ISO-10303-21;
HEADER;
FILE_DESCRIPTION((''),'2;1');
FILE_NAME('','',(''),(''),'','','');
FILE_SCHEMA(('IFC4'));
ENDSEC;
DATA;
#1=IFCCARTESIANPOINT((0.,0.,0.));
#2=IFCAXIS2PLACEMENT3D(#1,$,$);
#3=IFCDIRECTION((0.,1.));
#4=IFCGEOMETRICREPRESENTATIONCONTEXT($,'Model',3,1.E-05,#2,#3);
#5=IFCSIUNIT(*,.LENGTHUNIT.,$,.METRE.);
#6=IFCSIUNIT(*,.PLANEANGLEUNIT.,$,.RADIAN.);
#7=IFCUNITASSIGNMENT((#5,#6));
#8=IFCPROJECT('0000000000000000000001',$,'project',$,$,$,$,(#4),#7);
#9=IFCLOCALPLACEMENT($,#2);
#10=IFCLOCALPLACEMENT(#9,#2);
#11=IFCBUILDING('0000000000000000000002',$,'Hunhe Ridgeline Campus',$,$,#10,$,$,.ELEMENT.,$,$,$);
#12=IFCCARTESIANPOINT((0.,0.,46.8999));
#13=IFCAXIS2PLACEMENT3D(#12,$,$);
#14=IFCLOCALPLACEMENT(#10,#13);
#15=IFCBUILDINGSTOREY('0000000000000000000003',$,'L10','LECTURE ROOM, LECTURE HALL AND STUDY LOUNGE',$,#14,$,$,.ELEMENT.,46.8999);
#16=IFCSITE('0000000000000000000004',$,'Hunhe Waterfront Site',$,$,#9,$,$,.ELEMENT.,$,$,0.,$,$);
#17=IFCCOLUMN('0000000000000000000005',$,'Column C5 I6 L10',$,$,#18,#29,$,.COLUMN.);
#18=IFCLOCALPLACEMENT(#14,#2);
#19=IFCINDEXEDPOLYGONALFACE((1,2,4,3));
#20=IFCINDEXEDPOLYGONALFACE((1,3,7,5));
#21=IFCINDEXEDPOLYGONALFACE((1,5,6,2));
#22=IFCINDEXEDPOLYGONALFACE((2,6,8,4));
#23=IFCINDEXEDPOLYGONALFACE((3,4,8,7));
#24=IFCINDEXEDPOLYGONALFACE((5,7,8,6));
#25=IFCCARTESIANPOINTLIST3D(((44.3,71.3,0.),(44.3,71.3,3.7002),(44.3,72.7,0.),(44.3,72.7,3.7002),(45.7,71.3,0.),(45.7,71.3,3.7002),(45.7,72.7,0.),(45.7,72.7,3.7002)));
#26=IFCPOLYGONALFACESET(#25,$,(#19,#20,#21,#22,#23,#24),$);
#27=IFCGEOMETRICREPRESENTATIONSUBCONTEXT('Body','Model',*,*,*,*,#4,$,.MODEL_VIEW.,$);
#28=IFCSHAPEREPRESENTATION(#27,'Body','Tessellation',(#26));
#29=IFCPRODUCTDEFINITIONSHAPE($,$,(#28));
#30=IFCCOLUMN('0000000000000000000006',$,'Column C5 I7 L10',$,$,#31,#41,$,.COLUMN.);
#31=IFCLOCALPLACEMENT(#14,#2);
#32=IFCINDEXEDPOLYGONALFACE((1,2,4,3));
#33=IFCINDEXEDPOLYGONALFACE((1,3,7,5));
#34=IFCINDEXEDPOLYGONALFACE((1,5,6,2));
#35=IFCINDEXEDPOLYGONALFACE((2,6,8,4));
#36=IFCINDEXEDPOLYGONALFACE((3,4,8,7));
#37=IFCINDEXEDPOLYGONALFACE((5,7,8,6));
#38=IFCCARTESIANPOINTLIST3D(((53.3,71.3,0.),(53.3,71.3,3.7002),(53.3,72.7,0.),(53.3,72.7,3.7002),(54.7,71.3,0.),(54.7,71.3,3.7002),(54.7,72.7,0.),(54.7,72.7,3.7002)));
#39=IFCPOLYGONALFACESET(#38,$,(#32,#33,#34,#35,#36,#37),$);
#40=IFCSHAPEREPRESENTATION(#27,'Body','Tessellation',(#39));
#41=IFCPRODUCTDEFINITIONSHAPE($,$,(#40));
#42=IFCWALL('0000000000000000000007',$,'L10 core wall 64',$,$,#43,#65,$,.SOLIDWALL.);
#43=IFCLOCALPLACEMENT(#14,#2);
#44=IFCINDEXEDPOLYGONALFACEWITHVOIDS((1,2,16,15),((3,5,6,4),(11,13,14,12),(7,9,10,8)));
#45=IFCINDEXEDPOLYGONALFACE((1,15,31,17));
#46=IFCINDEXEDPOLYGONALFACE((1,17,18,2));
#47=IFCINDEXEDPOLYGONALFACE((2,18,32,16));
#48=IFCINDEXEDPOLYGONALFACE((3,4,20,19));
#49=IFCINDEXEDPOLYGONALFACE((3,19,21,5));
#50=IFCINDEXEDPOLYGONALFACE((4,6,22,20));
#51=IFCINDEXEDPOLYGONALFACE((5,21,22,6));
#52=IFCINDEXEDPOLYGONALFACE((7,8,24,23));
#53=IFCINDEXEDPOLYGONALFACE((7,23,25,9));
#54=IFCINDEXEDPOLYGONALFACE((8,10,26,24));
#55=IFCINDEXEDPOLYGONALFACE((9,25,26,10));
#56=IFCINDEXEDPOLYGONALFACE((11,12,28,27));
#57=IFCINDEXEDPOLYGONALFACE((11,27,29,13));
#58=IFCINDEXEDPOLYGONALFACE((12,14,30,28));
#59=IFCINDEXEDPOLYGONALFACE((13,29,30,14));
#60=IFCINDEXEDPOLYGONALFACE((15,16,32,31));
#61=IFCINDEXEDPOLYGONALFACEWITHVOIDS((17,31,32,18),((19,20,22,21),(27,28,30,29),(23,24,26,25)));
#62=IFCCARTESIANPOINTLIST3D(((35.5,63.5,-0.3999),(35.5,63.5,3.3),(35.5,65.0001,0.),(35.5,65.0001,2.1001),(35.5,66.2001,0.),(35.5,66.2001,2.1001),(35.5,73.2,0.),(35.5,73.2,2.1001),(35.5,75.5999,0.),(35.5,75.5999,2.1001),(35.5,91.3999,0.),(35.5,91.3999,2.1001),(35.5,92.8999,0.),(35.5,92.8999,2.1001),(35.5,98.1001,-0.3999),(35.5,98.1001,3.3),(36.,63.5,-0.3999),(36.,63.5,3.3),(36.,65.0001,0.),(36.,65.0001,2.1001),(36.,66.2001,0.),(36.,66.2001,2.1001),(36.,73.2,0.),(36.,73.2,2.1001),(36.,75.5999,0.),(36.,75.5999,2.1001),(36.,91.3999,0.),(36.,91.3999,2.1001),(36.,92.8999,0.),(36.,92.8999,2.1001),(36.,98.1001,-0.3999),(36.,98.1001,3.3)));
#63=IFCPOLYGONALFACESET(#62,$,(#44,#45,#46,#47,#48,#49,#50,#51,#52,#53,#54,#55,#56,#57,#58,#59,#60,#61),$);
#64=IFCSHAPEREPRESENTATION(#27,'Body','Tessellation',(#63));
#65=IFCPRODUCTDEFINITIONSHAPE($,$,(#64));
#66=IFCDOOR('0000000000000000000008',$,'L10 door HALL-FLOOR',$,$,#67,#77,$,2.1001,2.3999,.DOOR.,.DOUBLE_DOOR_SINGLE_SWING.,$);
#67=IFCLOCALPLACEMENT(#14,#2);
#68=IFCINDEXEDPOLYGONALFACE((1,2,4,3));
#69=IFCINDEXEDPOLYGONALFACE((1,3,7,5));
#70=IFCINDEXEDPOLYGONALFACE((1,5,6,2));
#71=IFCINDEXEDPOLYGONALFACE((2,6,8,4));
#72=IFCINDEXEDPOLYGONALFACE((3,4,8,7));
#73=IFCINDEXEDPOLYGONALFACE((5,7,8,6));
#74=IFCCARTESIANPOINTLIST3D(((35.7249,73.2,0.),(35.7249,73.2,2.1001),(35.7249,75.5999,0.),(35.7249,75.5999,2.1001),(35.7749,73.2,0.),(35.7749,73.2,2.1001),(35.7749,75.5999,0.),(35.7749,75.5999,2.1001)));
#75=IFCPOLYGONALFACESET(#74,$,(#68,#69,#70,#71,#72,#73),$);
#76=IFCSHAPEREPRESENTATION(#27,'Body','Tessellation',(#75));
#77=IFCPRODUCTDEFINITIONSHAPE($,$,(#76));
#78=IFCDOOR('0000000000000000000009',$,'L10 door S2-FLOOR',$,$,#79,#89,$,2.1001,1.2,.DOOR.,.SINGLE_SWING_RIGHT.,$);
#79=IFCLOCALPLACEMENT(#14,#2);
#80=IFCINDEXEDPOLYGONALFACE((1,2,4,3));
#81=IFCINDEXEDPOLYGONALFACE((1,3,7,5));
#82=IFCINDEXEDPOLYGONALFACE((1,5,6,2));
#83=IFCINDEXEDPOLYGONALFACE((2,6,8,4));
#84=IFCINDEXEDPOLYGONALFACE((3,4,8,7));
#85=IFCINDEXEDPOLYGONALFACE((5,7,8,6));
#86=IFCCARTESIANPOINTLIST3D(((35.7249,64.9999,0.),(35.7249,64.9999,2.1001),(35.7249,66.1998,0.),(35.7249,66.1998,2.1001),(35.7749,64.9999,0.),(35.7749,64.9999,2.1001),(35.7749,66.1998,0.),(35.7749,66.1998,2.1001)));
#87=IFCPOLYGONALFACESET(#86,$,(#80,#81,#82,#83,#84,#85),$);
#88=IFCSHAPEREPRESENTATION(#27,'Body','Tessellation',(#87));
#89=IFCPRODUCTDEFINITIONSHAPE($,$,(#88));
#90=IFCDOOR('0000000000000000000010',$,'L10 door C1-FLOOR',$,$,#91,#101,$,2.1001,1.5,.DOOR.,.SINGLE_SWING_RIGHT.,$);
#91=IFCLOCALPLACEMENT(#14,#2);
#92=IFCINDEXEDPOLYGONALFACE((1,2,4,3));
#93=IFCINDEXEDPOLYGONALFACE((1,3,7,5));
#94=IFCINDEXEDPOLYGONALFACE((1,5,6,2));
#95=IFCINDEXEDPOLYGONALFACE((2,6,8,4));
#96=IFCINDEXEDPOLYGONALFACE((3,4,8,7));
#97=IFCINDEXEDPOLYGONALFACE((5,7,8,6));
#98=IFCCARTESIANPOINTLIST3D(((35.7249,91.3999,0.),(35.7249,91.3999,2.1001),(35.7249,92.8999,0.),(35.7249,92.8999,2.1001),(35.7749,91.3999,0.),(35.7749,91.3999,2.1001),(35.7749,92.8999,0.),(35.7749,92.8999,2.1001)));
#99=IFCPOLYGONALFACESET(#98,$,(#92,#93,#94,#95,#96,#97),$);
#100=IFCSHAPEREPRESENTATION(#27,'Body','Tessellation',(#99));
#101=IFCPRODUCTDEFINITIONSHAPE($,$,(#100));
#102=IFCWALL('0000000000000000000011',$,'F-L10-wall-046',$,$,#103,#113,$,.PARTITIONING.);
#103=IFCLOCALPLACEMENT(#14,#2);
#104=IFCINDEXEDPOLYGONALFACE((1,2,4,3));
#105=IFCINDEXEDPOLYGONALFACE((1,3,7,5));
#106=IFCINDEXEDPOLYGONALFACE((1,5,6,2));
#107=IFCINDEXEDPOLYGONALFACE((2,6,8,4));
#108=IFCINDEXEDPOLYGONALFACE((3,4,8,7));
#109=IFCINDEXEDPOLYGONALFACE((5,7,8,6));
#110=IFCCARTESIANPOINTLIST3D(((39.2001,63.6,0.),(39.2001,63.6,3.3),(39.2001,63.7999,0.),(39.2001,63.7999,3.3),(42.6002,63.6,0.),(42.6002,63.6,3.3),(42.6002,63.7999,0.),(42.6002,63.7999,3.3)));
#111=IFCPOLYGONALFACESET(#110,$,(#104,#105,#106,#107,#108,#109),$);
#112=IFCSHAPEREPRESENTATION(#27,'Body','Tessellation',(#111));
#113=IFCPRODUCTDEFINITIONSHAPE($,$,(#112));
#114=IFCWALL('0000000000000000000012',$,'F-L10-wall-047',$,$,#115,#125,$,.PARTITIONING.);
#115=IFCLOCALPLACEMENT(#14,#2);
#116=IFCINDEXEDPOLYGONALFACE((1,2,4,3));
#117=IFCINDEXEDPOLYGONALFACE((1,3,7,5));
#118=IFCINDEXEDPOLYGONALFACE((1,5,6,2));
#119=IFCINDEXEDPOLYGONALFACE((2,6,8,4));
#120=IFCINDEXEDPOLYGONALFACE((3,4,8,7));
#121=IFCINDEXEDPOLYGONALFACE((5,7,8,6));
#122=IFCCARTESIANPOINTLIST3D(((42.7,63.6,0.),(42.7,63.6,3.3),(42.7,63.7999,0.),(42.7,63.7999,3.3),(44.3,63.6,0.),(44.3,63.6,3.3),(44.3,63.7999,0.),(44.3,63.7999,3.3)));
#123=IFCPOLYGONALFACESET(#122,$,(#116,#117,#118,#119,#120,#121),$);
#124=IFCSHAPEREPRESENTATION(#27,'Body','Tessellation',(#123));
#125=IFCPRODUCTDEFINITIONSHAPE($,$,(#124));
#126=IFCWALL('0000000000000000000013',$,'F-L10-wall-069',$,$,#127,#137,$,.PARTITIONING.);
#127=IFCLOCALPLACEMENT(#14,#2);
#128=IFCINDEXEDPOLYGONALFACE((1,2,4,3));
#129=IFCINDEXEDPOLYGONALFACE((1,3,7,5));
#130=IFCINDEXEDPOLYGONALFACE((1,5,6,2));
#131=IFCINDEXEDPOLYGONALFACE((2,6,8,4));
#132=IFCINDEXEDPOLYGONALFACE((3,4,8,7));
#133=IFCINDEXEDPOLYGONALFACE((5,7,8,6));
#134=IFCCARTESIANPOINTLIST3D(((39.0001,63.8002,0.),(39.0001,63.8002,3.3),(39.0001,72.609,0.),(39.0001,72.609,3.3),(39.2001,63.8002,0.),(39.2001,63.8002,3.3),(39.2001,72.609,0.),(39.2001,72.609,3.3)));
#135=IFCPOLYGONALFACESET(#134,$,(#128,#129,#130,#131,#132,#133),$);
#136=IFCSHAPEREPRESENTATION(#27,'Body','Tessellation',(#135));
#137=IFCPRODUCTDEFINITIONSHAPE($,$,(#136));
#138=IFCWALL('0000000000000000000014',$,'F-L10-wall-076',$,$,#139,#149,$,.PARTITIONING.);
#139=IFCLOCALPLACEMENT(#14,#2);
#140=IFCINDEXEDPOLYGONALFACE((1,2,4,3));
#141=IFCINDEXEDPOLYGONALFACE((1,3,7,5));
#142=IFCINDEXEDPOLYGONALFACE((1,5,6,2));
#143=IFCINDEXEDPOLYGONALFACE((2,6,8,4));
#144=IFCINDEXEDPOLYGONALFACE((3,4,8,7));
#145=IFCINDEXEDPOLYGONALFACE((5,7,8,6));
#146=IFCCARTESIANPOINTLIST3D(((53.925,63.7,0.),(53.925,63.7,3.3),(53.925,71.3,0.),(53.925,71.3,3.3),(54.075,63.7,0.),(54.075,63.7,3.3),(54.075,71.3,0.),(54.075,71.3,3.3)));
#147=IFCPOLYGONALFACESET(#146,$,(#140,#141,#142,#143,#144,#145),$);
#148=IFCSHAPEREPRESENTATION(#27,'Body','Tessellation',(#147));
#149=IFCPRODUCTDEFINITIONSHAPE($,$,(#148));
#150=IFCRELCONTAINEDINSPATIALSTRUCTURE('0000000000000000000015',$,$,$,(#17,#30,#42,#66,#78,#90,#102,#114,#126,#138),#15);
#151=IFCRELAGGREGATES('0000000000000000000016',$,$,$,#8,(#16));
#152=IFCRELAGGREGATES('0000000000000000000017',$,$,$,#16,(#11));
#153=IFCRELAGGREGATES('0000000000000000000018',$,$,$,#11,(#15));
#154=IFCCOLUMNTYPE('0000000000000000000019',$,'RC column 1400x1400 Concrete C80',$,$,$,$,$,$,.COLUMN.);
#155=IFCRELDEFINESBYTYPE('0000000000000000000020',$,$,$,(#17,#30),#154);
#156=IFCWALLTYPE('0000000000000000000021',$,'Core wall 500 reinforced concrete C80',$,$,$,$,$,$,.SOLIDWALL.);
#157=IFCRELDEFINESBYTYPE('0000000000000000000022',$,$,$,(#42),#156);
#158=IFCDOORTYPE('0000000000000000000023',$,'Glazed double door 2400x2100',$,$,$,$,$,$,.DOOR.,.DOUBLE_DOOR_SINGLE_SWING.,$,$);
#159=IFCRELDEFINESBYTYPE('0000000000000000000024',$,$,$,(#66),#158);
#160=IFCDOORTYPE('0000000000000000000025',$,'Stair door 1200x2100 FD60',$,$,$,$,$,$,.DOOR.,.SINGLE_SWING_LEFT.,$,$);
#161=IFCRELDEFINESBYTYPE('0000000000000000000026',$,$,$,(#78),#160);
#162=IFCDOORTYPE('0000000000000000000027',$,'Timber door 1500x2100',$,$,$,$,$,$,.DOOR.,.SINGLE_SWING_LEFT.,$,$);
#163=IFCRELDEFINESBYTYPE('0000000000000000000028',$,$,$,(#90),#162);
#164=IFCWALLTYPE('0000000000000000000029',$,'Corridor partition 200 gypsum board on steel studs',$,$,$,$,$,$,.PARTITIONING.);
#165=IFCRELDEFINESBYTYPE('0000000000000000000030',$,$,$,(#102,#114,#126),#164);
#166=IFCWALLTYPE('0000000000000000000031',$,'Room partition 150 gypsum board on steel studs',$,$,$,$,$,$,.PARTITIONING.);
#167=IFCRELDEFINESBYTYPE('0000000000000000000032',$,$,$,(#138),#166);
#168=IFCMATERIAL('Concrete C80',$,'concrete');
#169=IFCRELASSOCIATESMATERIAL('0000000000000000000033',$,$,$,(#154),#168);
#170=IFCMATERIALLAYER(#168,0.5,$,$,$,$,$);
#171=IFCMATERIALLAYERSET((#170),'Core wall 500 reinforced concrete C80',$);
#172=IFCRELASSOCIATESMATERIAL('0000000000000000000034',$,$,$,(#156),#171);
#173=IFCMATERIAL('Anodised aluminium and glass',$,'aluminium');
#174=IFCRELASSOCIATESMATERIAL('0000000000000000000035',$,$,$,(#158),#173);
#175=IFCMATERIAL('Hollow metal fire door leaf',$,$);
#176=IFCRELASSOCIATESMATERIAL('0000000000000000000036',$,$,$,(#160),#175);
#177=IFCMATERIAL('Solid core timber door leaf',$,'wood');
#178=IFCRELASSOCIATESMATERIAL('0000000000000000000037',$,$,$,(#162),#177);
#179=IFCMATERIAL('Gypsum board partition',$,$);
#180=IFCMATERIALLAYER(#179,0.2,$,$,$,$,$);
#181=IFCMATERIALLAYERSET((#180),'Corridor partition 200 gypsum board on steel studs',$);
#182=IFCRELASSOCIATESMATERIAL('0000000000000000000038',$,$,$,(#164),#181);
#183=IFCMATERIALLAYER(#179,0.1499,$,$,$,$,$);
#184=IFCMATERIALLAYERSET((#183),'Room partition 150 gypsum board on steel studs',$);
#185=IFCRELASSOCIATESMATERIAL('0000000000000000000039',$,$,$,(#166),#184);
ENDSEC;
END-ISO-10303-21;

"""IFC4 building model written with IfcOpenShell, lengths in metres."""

from ifc_helpers import new_model, si_unit, direction, frame, frame_2d, origin, origin_2d, place, context, subcontext, project, spatial, rectangle, extrude, material, layer, layer_set, material_profile, profile_set, type_object, element, fill, save


model = new_model("IFC4")

# Units and contexts
model_context = context("Model", 3, precision=1e-05, world=origin(), true_north=direction((0.0, 1.0)))
body_context = subcontext(model_context, "Body", "Model", "MODEL_VIEW")
ifc_project = project(units=[si_unit("LENGTHUNIT", "METRE"), si_unit("PLANEANGLEUNIT", "RADIAN")], contexts=[model_context])

# Site, building, storey
site_placement = place(None, origin())
site = spatial("IfcSite", under=ifc_project, at=site_placement, Name="Hunhe Waterfront Site", CompositionType="ELEMENT", RefElevation=0.0)
building_placement = place(site_placement, origin())
building = spatial("IfcBuilding", under=site, at=building_placement, Name="Hunhe Ridgeline Campus", CompositionType="ELEMENT")
storey_placement = place(building_placement, frame((0.0, 0.0, 46.8999)))
storey = spatial("IfcBuildingStorey", under=building, at=storey_placement, Name="L10", Description="LECTURE ROOM, LECTURE HALL AND STUDY LOUNGE", CompositionType="ELEMENT", Elevation=46.8999)

# Columns
ifc_material_1 = material(Name="Concrete C80", Category="concrete")
ifc_material_profile = material_profile(ifc_material_1, rectangle(XDim=1.3999, YDim=1.3999, at=origin_2d()))
ifc_profile_set = profile_set([ifc_material_profile], Name="Concrete C80")
column_type = type_object("IfcColumnType", Name="RC column 1400x1400 Concrete C80", PredefinedType="COLUMN", material=ifc_profile_set)
for number, where, z_axis, x_axis, name in (
    (1, (45.0, 72.0, 0.0), (0.0, 0.0, 1.0), (1.0, 0.0, 0.0), "Column C5 I6 L10"),
    (2, (54.0, 72.0, 0.0), (0.0, 0.0, 1.0), (1.0, 0.0, 0.0), "Column C5 I7 L10"),
):
    element("IfcColumn", number, at=place(storey_placement, frame(where, z_axis=z_axis, x_axis=x_axis)), inside=storey, type_object=column_type, Name=name, PredefinedType="COLUMN", context=body_context, shape_type="SweptSolid", body=[
        extrude(rectangle(XDim=1.3999, YDim=1.3999, at=origin_2d()), origin(), (0.0, 0.0, 1.0), 3.7002),
    ])

# Wall, openings, doors
ifc_layer_1 = layer(ifc_material_1, 0.5)
ifc_layer_set_1 = layer_set([ifc_layer_1], Name="Core wall 500 reinforced concrete C80")
wall_type_1 = type_object("IfcWallType", Name="Core wall 500 reinforced concrete C80", PredefinedType="SOLIDWALL", material=ifc_layer_set_1)
wall_1_placement = place(storey_placement, frame((35.75, 63.5, -0.3999), z_axis=(0.0, 0.0, 1.0), x_axis=(0.0, 1.0, 0.0)))
wall_1 = element("IfcWall", 3, at=wall_1_placement, inside=storey, type_object=wall_type_1, Name="L10 core wall 64", PredefinedType="SOLIDWALL", context=body_context, shape_type="SweptSolid", body=[
    extrude(rectangle(XDim=34.6001, YDim=0.5, at=frame_2d((17.3, 0.0))), origin(), (0.0, 0.0, 1.0), 3.7),
])
opening_1_placement = place(wall_1_placement, frame((9.7, 0.0, 0.3999)))
opening_1 = element("IfcOpeningElement", 4, at=opening_1_placement, cuts=wall_1, PredefinedType="OPENING", context=body_context, shape_type="SweptSolid", body=[
    extrude(rectangle(XDim=2.3999, YDim=2.1001, at=frame_2d((1.2, 1.05))), frame((0.0, 0.25, 0.0), z_axis=(0.0, -1.0, 0.0), x_axis=(1.0, 0.0, 0.0)), (0.0, 0.0, 1.0), 0.5),
])
opening_2_placement = place(wall_1_placement, frame((27.8999, 0.0, 0.3999)))
opening_2 = element("IfcOpeningElement", 5, at=opening_2_placement, cuts=wall_1, PredefinedType="OPENING", context=body_context, shape_type="SweptSolid", body=[
    extrude(rectangle(XDim=1.5, YDim=2.1001, at=frame_2d((0.75, 1.05))), frame((0.0, 0.25, 0.0), z_axis=(0.0, -1.0, 0.0), x_axis=(1.0, 0.0, 0.0)), (0.0, 0.0, 1.0), 0.5),
])
opening_3_placement = place(wall_1_placement, frame((1.5, 0.0, 0.3999)))
opening_3 = element("IfcOpeningElement", 6, at=opening_3_placement, cuts=wall_1, PredefinedType="OPENING", context=body_context, shape_type="SweptSolid", body=[
    extrude(rectangle(XDim=1.2, YDim=2.1001, at=frame_2d((0.6001, 1.05))), frame((0.0, 0.25, 0.0), z_axis=(0.0, -1.0, 0.0), x_axis=(1.0, 0.0, 0.0)), (0.0, 0.0, 1.0), 0.5),
])
ifc_material_2 = material(Name="Anodised aluminium and glass", Category="aluminium")
door_type_1 = type_object("IfcDoorType", Name="Glazed double door 2400x2100", OperationType="DOUBLE_DOOR_SINGLE_SWING", PredefinedType="DOOR", material=ifc_material_2)
door_1_placement = place(opening_1_placement, frame((2.3999, 0.0, 0.0), z_axis=(0.0, 0.0, 1.0), x_axis=(-1.0, 0.0, 0.0)))
door_1 = element("IfcDoor", 7, at=door_1_placement, inside=storey, type_object=door_type_1, Name="L10 door HALL-FLOOR", OperationType="DOUBLE_DOOR_SINGLE_SWING", OverallHeight=2.1001, OverallWidth=2.3999, PredefinedType="DOOR", context=body_context, shape_type="SweptSolid", body=[
    extrude(rectangle(XDim=2.3999, YDim=2.1001, at=frame_2d((1.2, 1.05))), frame((0.0, 0.0249, 0.0), z_axis=(0.0, -1.0, 0.0), x_axis=(1.0, 0.0, 0.0)), (0.0, 0.0, 1.0), 0.05),
])
fill(opening_1, door_1)
ifc_material_3 = material(Name="Hollow metal fire door leaf")
door_type_2 = type_object("IfcDoorType", Name="Stair door 1200x2100 FD60", OperationType="SINGLE_SWING_LEFT", PredefinedType="DOOR", material=ifc_material_3)
door_2_placement = place(opening_3_placement, frame((1.2, 0.0, 0.0), z_axis=(0.0, 0.0, 1.0), x_axis=(-1.0, 0.0, 0.0)))
door_2 = element("IfcDoor", 8, at=door_2_placement, inside=storey, type_object=door_type_2, Name="L10 door S2-FLOOR", OperationType="SINGLE_SWING_RIGHT", OverallHeight=2.1001, OverallWidth=1.2, PredefinedType="DOOR", context=body_context, shape_type="SweptSolid", body=[
    extrude(rectangle(XDim=1.2, YDim=2.1001, at=frame_2d((0.6001, 1.05))), frame((0.0, 0.0249, 0.0), z_axis=(0.0, -1.0, 0.0), x_axis=(1.0, 0.0, 0.0)), (0.0, 0.0, 1.0), 0.05),
])
fill(opening_3, door_2)
ifc_material_4 = material(Name="Solid core timber door leaf", Category="wood")
door_type_3 = type_object("IfcDoorType", Name="Timber door 1500x2100", OperationType="SINGLE_SWING_LEFT", PredefinedType="DOOR", material=ifc_material_4)
door_3_placement = place(opening_2_placement, frame((1.5, 0.0, 0.0), z_axis=(0.0, 0.0, 1.0), x_axis=(-1.0, 0.0, 0.0)))
door_3 = element("IfcDoor", 9, at=door_3_placement, inside=storey, type_object=door_type_3, Name="L10 door C1-FLOOR", OperationType="SINGLE_SWING_RIGHT", OverallHeight=2.1001, OverallWidth=1.5, PredefinedType="DOOR", context=body_context, shape_type="SweptSolid", body=[
    extrude(rectangle(XDim=1.5, YDim=2.1001, at=frame_2d((0.75, 1.05))), frame((0.0, 0.0249, 0.0), z_axis=(0.0, -1.0, 0.0), x_axis=(1.0, 0.0, 0.0)), (0.0, 0.0, 1.0), 0.05),
])
fill(opening_2, door_3)

# Walls
ifc_material_5 = material(Name="Gypsum board partition")
ifc_layer_2 = layer(ifc_material_5, 0.2)
ifc_layer_set_2 = layer_set([ifc_layer_2], Name="Corridor partition 200 gypsum board on steel studs")
wall_type_2 = type_object("IfcWallType", Name="Corridor partition 200 gypsum board on steel studs", PredefinedType="PARTITIONING", material=ifc_layer_set_2)
wall_2_placement = place(storey_placement, frame((39.2, 63.7, 0.0), z_axis=(0.0, 0.0, 1.0), x_axis=(1.0, 0.0, 0.0)))
element("IfcWall", 10, at=wall_2_placement, inside=storey, type_object=wall_type_2, Name="F-L10-wall-046", PredefinedType="PARTITIONING", context=body_context, shape_type="SweptSolid", body=[
    extrude(rectangle(XDim=3.4001, YDim=0.2, at=frame_2d((1.7002, 0.0))), origin(), (0.0, 0.0, 1.0), 3.3),
])
wall_3_placement = place(storey_placement, frame((42.7, 63.7, 0.0), z_axis=(0.0, 0.0, 1.0), x_axis=(1.0, 0.0, 0.0)))
element("IfcWall", 11, at=wall_3_placement, inside=storey, type_object=wall_type_2, Name="F-L10-wall-047", PredefinedType="PARTITIONING", context=body_context, shape_type="SweptSolid", body=[
    extrude(rectangle(XDim=1.6001, YDim=0.2, at=frame_2d((0.8, 0.0))), origin(), (0.0, 0.0, 1.0), 3.3),
])
wall_4_placement = place(storey_placement, frame((39.1001, 72.6089, 0.0), z_axis=(0.0, 0.0, 1.0), x_axis=(0.0, -1.0, 0.0)))
element("IfcWall", 12, at=wall_4_placement, inside=storey, type_object=wall_type_2, Name="F-L10-wall-069", PredefinedType="PARTITIONING", context=body_context, shape_type="SweptSolid", body=[
    extrude(rectangle(XDim=8.8088, YDim=0.2, at=frame_2d((4.4043, 0.0))), origin(), (0.0, 0.0, 1.0), 3.3),
])
ifc_layer_3 = layer(ifc_material_5, 0.1499)
ifc_layer_set_3 = layer_set([ifc_layer_3], Name="Room partition 150 gypsum board on steel studs")
wall_type_3 = type_object("IfcWallType", Name="Room partition 150 gypsum board on steel studs", PredefinedType="PARTITIONING", material=ifc_layer_set_3)
wall_5_placement = place(storey_placement, frame((54.0, 71.3, 0.0), z_axis=(0.0, 0.0, 1.0), x_axis=(0.0, -1.0, 0.0)))
element("IfcWall", 13, at=wall_5_placement, inside=storey, type_object=wall_type_3, Name="F-L10-wall-076", PredefinedType="PARTITIONING", context=body_context, shape_type="SweptSolid", body=[
    extrude(rectangle(XDim=7.6001, YDim=0.1499, at=frame_2d((3.8, 0.0))), origin(), (0.0, 0.0, 1.0), 3.3),
])

save(model, "model.ifc")
